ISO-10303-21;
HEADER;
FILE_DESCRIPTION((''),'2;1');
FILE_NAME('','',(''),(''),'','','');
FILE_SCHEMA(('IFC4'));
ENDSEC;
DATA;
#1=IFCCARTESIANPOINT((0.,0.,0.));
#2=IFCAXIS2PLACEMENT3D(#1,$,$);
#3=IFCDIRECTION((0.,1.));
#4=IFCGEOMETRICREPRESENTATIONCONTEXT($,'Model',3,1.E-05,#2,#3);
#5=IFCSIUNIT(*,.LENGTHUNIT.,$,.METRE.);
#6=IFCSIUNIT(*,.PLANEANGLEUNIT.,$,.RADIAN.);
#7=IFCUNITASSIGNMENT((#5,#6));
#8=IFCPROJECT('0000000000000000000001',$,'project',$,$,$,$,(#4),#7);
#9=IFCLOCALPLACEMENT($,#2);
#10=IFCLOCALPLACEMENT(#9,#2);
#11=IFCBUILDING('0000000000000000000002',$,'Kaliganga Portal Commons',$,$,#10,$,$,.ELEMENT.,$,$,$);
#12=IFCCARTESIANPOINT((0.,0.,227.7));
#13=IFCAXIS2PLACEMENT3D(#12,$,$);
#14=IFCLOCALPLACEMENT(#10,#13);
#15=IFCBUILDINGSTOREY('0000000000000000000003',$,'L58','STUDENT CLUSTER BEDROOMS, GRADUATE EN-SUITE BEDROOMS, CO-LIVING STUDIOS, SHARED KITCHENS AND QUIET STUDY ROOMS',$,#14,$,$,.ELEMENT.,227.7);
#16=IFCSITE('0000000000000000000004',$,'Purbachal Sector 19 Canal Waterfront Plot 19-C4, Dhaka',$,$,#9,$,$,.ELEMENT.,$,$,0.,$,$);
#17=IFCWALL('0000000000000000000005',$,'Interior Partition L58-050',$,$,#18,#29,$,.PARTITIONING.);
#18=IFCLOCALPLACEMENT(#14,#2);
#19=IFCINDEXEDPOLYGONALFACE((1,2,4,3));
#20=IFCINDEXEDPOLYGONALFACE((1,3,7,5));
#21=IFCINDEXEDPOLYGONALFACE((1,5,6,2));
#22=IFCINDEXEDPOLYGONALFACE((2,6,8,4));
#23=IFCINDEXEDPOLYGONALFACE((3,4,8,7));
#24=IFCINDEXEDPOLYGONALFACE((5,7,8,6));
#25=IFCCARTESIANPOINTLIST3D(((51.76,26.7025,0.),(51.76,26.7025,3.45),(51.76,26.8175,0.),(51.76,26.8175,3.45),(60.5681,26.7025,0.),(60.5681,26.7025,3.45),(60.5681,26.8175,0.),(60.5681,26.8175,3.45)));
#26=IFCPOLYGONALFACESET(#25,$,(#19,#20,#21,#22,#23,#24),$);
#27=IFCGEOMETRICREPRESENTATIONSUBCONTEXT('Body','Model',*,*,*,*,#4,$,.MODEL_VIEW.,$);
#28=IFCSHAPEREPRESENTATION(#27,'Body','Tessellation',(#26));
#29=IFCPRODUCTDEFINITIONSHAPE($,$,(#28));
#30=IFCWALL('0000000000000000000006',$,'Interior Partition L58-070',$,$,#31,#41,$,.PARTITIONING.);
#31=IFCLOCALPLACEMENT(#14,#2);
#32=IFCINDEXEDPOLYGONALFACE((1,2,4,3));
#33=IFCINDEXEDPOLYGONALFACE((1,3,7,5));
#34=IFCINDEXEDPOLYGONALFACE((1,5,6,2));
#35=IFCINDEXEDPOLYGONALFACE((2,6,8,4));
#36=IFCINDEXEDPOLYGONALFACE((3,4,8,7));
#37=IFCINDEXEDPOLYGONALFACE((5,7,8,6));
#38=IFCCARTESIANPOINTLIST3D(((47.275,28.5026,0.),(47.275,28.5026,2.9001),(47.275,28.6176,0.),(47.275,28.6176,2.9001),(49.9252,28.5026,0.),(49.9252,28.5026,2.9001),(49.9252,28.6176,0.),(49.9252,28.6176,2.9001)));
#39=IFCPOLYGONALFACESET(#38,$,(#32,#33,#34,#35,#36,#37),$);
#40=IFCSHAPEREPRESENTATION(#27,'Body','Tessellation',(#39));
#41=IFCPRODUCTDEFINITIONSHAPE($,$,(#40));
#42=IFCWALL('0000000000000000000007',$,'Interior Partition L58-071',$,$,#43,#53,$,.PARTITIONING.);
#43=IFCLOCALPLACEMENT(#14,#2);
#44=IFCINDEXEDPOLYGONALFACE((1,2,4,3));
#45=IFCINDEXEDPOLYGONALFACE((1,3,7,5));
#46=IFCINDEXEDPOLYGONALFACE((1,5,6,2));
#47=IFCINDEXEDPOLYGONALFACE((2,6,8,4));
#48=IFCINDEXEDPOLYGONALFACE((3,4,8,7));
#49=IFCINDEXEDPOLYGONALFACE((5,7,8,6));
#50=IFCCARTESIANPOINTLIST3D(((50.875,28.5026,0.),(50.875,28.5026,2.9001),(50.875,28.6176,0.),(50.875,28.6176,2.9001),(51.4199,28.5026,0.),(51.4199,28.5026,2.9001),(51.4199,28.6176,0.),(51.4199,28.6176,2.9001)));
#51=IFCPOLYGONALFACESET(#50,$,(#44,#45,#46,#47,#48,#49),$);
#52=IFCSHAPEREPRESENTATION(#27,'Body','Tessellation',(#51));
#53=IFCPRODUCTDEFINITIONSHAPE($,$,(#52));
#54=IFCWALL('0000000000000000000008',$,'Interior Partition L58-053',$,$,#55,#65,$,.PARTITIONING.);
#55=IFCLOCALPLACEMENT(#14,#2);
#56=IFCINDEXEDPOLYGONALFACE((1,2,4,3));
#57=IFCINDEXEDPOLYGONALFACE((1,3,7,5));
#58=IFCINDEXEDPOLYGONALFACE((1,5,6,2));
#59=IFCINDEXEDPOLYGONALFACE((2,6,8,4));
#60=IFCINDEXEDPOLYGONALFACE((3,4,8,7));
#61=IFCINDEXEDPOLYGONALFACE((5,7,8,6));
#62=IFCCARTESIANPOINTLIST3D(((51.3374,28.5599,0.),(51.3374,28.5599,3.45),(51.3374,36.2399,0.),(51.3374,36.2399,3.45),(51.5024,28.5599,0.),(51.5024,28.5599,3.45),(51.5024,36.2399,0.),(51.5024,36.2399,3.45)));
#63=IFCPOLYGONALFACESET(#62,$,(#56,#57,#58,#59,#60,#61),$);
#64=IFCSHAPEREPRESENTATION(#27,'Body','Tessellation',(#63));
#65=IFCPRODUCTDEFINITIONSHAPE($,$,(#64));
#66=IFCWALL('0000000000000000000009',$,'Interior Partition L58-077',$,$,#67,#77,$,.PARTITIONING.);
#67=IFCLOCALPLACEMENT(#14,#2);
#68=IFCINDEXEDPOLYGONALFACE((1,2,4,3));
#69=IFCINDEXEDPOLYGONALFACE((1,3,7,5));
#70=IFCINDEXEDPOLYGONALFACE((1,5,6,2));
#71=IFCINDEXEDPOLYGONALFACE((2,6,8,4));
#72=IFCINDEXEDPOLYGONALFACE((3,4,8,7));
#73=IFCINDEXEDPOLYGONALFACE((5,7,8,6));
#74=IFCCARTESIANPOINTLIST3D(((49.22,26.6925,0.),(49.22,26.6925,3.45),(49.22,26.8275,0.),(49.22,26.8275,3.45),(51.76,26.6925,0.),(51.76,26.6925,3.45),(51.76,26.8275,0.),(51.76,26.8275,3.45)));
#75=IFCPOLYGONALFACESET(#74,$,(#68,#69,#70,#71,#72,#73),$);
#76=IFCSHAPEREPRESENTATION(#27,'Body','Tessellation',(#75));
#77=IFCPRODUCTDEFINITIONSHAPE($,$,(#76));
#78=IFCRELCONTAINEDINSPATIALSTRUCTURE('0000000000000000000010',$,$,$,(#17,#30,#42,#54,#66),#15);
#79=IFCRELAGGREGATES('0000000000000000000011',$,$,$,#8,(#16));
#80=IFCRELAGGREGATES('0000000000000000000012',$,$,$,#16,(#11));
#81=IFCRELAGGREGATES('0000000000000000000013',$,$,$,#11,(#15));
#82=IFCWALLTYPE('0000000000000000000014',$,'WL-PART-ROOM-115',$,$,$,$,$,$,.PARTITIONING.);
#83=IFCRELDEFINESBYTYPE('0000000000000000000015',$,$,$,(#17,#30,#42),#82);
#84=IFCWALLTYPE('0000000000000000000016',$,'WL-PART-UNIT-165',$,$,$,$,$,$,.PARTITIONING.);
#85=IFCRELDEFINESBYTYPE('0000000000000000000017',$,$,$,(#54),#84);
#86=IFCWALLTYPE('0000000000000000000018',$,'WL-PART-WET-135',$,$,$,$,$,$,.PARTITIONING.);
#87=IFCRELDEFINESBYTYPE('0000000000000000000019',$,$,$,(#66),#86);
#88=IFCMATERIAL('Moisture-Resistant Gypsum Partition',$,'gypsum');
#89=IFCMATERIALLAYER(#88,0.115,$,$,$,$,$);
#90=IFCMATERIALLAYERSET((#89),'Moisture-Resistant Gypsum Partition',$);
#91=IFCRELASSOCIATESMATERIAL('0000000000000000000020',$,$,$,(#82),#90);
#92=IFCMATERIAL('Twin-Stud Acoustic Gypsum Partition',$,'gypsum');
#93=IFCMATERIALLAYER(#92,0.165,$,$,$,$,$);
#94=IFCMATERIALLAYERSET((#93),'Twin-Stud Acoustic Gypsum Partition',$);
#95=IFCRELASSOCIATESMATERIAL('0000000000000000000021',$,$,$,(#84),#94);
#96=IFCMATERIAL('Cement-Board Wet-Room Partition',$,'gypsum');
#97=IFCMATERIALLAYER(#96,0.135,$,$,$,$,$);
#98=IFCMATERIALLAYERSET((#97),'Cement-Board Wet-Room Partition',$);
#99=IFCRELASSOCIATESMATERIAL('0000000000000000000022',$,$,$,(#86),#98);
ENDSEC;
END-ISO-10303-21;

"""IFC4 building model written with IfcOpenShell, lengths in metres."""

from ifc_helpers import new_model, si_unit, direction, frame, frame_2d, origin, place, context, subcontext, project, spatial, rectangle, extrude, material, layer, layer_set, type_object, element, save


model = new_model("IFC4")

# Units and contexts
model_context = context("Model", 3, precision=1e-05, world=origin(), true_north=direction((0.0, 1.0)))
body_context = subcontext(model_context, "Body", "Model", "MODEL_VIEW")
ifc_project = project(units=[si_unit("LENGTHUNIT", "METRE"), si_unit("PLANEANGLEUNIT", "RADIAN")], contexts=[model_context])

# Site, building, storey
site_placement = place(None, origin())
site = spatial("IfcSite", under=ifc_project, at=site_placement, Name="Purbachal Sector 19 Canal Waterfront Plot 19-C4, Dhaka", CompositionType="ELEMENT", RefElevation=0.0)
building_placement = place(site_placement, origin())
building = spatial("IfcBuilding", under=site, at=building_placement, Name="Kaliganga Portal Commons", CompositionType="ELEMENT")
storey_placement = place(building_placement, frame((0.0, 0.0, 227.7)))
storey = spatial("IfcBuildingStorey", under=building, at=storey_placement, Name="L58", Description="STUDENT CLUSTER BEDROOMS, GRADUATE EN-SUITE BEDROOMS, CO-LIVING STUDIOS, SHARED KITCHENS AND QUIET STUDY ROOMS", CompositionType="ELEMENT", Elevation=227.7)

# Walls
ifc_material_1 = material(Name="Moisture-Resistant Gypsum Partition", Category="gypsum")
ifc_layer_1 = layer(ifc_material_1, 0.115)
ifc_layer_set_1 = layer_set([ifc_layer_1], Name="Moisture-Resistant Gypsum Partition")
wall_type_1 = type_object("IfcWallType", Name="WL-PART-ROOM-115", PredefinedType="PARTITIONING", material=ifc_layer_set_1)
wall_1_placement = place(storey_placement, frame((51.76, 26.76, 0.0), z_axis=(0.0, 0.0, 1.0), x_axis=(1.0, 0.0, 0.0)))
element("IfcWall", 1, at=wall_1_placement, inside=storey, type_object=wall_type_1, Name="Interior Partition L58-050", PredefinedType="PARTITIONING", context=body_context, shape_type="SweptSolid", body=[
    extrude(rectangle(XDim=8.8081, YDim=0.115, at=frame_2d((4.4041, 0.0))), origin(), (0.0, 0.0, 1.0), 3.45),
])
wall_2_placement = place(storey_placement, frame((47.2749, 28.5601, 0.0), z_axis=(0.0, 0.0, 1.0), x_axis=(1.0, 0.0, 0.0)))
element("IfcWall", 2, at=wall_2_placement, inside=storey, type_object=wall_type_1, Name="Interior Partition L58-070", PredefinedType="PARTITIONING", context=body_context, shape_type="SweptSolid", body=[
    extrude(rectangle(XDim=2.6501, YDim=0.115, at=frame_2d((1.3252, 0.0))), origin(), (0.0, 0.0, 1.0), 2.9001),
])
wall_3_placement = place(storey_placement, frame((50.875, 28.5601, 0.0), z_axis=(0.0, 0.0, 1.0), x_axis=(1.0, 0.0, 0.0)))
element("IfcWall", 3, at=wall_3_placement, inside=storey, type_object=wall_type_1, Name="Interior Partition L58-071", PredefinedType="PARTITIONING", context=body_context, shape_type="SweptSolid", body=[
    extrude(rectangle(XDim=0.5449, YDim=0.115, at=frame_2d((0.2725, 0.0))), origin(), (0.0, 0.0, 1.0), 2.9001),
])
ifc_material_2 = material(Name="Twin-Stud Acoustic Gypsum Partition", Category="gypsum")
ifc_layer_2 = layer(ifc_material_2, 0.165)
ifc_layer_set_2 = layer_set([ifc_layer_2], Name="Twin-Stud Acoustic Gypsum Partition")
wall_type_2 = type_object("IfcWallType", Name="WL-PART-UNIT-165", PredefinedType="PARTITIONING", material=ifc_layer_set_2)
wall_4_placement = place(storey_placement, frame((51.4199, 28.5601, 0.0), z_axis=(0.0, 0.0, 1.0), x_axis=(0.0, 1.0, 0.0)))
element("IfcWall", 4, at=wall_4_placement, inside=storey, type_object=wall_type_2, Name="Interior Partition L58-053", PredefinedType="PARTITIONING", context=body_context, shape_type="SweptSolid", body=[
    extrude(rectangle(XDim=7.6799, YDim=0.165, at=frame_2d((3.8398, 0.0))), origin(), (0.0, 0.0, 1.0), 3.45),
])
ifc_material_3 = material(Name="Cement-Board Wet-Room Partition", Category="gypsum")
ifc_layer_3 = layer(ifc_material_3, 0.135)
ifc_layer_set_3 = layer_set([ifc_layer_3], Name="Cement-Board Wet-Room Partition")
wall_type_3 = type_object("IfcWallType", Name="WL-PART-WET-135", PredefinedType="PARTITIONING", material=ifc_layer_set_3)
wall_5_placement = place(storey_placement, frame((49.22, 26.76, 0.0), z_axis=(0.0, 0.0, 1.0), x_axis=(1.0, 0.0, 0.0)))
element("IfcWall", 5, at=wall_5_placement, inside=storey, type_object=wall_type_3, Name="Interior Partition L58-077", PredefinedType="PARTITIONING", context=body_context, shape_type="SweptSolid", body=[
    extrude(rectangle(XDim=2.54, YDim=0.135, at=frame_2d((1.27, 0.0))), origin(), (0.0, 0.0, 1.0), 3.45),
])

save(model, "model.ifc")
